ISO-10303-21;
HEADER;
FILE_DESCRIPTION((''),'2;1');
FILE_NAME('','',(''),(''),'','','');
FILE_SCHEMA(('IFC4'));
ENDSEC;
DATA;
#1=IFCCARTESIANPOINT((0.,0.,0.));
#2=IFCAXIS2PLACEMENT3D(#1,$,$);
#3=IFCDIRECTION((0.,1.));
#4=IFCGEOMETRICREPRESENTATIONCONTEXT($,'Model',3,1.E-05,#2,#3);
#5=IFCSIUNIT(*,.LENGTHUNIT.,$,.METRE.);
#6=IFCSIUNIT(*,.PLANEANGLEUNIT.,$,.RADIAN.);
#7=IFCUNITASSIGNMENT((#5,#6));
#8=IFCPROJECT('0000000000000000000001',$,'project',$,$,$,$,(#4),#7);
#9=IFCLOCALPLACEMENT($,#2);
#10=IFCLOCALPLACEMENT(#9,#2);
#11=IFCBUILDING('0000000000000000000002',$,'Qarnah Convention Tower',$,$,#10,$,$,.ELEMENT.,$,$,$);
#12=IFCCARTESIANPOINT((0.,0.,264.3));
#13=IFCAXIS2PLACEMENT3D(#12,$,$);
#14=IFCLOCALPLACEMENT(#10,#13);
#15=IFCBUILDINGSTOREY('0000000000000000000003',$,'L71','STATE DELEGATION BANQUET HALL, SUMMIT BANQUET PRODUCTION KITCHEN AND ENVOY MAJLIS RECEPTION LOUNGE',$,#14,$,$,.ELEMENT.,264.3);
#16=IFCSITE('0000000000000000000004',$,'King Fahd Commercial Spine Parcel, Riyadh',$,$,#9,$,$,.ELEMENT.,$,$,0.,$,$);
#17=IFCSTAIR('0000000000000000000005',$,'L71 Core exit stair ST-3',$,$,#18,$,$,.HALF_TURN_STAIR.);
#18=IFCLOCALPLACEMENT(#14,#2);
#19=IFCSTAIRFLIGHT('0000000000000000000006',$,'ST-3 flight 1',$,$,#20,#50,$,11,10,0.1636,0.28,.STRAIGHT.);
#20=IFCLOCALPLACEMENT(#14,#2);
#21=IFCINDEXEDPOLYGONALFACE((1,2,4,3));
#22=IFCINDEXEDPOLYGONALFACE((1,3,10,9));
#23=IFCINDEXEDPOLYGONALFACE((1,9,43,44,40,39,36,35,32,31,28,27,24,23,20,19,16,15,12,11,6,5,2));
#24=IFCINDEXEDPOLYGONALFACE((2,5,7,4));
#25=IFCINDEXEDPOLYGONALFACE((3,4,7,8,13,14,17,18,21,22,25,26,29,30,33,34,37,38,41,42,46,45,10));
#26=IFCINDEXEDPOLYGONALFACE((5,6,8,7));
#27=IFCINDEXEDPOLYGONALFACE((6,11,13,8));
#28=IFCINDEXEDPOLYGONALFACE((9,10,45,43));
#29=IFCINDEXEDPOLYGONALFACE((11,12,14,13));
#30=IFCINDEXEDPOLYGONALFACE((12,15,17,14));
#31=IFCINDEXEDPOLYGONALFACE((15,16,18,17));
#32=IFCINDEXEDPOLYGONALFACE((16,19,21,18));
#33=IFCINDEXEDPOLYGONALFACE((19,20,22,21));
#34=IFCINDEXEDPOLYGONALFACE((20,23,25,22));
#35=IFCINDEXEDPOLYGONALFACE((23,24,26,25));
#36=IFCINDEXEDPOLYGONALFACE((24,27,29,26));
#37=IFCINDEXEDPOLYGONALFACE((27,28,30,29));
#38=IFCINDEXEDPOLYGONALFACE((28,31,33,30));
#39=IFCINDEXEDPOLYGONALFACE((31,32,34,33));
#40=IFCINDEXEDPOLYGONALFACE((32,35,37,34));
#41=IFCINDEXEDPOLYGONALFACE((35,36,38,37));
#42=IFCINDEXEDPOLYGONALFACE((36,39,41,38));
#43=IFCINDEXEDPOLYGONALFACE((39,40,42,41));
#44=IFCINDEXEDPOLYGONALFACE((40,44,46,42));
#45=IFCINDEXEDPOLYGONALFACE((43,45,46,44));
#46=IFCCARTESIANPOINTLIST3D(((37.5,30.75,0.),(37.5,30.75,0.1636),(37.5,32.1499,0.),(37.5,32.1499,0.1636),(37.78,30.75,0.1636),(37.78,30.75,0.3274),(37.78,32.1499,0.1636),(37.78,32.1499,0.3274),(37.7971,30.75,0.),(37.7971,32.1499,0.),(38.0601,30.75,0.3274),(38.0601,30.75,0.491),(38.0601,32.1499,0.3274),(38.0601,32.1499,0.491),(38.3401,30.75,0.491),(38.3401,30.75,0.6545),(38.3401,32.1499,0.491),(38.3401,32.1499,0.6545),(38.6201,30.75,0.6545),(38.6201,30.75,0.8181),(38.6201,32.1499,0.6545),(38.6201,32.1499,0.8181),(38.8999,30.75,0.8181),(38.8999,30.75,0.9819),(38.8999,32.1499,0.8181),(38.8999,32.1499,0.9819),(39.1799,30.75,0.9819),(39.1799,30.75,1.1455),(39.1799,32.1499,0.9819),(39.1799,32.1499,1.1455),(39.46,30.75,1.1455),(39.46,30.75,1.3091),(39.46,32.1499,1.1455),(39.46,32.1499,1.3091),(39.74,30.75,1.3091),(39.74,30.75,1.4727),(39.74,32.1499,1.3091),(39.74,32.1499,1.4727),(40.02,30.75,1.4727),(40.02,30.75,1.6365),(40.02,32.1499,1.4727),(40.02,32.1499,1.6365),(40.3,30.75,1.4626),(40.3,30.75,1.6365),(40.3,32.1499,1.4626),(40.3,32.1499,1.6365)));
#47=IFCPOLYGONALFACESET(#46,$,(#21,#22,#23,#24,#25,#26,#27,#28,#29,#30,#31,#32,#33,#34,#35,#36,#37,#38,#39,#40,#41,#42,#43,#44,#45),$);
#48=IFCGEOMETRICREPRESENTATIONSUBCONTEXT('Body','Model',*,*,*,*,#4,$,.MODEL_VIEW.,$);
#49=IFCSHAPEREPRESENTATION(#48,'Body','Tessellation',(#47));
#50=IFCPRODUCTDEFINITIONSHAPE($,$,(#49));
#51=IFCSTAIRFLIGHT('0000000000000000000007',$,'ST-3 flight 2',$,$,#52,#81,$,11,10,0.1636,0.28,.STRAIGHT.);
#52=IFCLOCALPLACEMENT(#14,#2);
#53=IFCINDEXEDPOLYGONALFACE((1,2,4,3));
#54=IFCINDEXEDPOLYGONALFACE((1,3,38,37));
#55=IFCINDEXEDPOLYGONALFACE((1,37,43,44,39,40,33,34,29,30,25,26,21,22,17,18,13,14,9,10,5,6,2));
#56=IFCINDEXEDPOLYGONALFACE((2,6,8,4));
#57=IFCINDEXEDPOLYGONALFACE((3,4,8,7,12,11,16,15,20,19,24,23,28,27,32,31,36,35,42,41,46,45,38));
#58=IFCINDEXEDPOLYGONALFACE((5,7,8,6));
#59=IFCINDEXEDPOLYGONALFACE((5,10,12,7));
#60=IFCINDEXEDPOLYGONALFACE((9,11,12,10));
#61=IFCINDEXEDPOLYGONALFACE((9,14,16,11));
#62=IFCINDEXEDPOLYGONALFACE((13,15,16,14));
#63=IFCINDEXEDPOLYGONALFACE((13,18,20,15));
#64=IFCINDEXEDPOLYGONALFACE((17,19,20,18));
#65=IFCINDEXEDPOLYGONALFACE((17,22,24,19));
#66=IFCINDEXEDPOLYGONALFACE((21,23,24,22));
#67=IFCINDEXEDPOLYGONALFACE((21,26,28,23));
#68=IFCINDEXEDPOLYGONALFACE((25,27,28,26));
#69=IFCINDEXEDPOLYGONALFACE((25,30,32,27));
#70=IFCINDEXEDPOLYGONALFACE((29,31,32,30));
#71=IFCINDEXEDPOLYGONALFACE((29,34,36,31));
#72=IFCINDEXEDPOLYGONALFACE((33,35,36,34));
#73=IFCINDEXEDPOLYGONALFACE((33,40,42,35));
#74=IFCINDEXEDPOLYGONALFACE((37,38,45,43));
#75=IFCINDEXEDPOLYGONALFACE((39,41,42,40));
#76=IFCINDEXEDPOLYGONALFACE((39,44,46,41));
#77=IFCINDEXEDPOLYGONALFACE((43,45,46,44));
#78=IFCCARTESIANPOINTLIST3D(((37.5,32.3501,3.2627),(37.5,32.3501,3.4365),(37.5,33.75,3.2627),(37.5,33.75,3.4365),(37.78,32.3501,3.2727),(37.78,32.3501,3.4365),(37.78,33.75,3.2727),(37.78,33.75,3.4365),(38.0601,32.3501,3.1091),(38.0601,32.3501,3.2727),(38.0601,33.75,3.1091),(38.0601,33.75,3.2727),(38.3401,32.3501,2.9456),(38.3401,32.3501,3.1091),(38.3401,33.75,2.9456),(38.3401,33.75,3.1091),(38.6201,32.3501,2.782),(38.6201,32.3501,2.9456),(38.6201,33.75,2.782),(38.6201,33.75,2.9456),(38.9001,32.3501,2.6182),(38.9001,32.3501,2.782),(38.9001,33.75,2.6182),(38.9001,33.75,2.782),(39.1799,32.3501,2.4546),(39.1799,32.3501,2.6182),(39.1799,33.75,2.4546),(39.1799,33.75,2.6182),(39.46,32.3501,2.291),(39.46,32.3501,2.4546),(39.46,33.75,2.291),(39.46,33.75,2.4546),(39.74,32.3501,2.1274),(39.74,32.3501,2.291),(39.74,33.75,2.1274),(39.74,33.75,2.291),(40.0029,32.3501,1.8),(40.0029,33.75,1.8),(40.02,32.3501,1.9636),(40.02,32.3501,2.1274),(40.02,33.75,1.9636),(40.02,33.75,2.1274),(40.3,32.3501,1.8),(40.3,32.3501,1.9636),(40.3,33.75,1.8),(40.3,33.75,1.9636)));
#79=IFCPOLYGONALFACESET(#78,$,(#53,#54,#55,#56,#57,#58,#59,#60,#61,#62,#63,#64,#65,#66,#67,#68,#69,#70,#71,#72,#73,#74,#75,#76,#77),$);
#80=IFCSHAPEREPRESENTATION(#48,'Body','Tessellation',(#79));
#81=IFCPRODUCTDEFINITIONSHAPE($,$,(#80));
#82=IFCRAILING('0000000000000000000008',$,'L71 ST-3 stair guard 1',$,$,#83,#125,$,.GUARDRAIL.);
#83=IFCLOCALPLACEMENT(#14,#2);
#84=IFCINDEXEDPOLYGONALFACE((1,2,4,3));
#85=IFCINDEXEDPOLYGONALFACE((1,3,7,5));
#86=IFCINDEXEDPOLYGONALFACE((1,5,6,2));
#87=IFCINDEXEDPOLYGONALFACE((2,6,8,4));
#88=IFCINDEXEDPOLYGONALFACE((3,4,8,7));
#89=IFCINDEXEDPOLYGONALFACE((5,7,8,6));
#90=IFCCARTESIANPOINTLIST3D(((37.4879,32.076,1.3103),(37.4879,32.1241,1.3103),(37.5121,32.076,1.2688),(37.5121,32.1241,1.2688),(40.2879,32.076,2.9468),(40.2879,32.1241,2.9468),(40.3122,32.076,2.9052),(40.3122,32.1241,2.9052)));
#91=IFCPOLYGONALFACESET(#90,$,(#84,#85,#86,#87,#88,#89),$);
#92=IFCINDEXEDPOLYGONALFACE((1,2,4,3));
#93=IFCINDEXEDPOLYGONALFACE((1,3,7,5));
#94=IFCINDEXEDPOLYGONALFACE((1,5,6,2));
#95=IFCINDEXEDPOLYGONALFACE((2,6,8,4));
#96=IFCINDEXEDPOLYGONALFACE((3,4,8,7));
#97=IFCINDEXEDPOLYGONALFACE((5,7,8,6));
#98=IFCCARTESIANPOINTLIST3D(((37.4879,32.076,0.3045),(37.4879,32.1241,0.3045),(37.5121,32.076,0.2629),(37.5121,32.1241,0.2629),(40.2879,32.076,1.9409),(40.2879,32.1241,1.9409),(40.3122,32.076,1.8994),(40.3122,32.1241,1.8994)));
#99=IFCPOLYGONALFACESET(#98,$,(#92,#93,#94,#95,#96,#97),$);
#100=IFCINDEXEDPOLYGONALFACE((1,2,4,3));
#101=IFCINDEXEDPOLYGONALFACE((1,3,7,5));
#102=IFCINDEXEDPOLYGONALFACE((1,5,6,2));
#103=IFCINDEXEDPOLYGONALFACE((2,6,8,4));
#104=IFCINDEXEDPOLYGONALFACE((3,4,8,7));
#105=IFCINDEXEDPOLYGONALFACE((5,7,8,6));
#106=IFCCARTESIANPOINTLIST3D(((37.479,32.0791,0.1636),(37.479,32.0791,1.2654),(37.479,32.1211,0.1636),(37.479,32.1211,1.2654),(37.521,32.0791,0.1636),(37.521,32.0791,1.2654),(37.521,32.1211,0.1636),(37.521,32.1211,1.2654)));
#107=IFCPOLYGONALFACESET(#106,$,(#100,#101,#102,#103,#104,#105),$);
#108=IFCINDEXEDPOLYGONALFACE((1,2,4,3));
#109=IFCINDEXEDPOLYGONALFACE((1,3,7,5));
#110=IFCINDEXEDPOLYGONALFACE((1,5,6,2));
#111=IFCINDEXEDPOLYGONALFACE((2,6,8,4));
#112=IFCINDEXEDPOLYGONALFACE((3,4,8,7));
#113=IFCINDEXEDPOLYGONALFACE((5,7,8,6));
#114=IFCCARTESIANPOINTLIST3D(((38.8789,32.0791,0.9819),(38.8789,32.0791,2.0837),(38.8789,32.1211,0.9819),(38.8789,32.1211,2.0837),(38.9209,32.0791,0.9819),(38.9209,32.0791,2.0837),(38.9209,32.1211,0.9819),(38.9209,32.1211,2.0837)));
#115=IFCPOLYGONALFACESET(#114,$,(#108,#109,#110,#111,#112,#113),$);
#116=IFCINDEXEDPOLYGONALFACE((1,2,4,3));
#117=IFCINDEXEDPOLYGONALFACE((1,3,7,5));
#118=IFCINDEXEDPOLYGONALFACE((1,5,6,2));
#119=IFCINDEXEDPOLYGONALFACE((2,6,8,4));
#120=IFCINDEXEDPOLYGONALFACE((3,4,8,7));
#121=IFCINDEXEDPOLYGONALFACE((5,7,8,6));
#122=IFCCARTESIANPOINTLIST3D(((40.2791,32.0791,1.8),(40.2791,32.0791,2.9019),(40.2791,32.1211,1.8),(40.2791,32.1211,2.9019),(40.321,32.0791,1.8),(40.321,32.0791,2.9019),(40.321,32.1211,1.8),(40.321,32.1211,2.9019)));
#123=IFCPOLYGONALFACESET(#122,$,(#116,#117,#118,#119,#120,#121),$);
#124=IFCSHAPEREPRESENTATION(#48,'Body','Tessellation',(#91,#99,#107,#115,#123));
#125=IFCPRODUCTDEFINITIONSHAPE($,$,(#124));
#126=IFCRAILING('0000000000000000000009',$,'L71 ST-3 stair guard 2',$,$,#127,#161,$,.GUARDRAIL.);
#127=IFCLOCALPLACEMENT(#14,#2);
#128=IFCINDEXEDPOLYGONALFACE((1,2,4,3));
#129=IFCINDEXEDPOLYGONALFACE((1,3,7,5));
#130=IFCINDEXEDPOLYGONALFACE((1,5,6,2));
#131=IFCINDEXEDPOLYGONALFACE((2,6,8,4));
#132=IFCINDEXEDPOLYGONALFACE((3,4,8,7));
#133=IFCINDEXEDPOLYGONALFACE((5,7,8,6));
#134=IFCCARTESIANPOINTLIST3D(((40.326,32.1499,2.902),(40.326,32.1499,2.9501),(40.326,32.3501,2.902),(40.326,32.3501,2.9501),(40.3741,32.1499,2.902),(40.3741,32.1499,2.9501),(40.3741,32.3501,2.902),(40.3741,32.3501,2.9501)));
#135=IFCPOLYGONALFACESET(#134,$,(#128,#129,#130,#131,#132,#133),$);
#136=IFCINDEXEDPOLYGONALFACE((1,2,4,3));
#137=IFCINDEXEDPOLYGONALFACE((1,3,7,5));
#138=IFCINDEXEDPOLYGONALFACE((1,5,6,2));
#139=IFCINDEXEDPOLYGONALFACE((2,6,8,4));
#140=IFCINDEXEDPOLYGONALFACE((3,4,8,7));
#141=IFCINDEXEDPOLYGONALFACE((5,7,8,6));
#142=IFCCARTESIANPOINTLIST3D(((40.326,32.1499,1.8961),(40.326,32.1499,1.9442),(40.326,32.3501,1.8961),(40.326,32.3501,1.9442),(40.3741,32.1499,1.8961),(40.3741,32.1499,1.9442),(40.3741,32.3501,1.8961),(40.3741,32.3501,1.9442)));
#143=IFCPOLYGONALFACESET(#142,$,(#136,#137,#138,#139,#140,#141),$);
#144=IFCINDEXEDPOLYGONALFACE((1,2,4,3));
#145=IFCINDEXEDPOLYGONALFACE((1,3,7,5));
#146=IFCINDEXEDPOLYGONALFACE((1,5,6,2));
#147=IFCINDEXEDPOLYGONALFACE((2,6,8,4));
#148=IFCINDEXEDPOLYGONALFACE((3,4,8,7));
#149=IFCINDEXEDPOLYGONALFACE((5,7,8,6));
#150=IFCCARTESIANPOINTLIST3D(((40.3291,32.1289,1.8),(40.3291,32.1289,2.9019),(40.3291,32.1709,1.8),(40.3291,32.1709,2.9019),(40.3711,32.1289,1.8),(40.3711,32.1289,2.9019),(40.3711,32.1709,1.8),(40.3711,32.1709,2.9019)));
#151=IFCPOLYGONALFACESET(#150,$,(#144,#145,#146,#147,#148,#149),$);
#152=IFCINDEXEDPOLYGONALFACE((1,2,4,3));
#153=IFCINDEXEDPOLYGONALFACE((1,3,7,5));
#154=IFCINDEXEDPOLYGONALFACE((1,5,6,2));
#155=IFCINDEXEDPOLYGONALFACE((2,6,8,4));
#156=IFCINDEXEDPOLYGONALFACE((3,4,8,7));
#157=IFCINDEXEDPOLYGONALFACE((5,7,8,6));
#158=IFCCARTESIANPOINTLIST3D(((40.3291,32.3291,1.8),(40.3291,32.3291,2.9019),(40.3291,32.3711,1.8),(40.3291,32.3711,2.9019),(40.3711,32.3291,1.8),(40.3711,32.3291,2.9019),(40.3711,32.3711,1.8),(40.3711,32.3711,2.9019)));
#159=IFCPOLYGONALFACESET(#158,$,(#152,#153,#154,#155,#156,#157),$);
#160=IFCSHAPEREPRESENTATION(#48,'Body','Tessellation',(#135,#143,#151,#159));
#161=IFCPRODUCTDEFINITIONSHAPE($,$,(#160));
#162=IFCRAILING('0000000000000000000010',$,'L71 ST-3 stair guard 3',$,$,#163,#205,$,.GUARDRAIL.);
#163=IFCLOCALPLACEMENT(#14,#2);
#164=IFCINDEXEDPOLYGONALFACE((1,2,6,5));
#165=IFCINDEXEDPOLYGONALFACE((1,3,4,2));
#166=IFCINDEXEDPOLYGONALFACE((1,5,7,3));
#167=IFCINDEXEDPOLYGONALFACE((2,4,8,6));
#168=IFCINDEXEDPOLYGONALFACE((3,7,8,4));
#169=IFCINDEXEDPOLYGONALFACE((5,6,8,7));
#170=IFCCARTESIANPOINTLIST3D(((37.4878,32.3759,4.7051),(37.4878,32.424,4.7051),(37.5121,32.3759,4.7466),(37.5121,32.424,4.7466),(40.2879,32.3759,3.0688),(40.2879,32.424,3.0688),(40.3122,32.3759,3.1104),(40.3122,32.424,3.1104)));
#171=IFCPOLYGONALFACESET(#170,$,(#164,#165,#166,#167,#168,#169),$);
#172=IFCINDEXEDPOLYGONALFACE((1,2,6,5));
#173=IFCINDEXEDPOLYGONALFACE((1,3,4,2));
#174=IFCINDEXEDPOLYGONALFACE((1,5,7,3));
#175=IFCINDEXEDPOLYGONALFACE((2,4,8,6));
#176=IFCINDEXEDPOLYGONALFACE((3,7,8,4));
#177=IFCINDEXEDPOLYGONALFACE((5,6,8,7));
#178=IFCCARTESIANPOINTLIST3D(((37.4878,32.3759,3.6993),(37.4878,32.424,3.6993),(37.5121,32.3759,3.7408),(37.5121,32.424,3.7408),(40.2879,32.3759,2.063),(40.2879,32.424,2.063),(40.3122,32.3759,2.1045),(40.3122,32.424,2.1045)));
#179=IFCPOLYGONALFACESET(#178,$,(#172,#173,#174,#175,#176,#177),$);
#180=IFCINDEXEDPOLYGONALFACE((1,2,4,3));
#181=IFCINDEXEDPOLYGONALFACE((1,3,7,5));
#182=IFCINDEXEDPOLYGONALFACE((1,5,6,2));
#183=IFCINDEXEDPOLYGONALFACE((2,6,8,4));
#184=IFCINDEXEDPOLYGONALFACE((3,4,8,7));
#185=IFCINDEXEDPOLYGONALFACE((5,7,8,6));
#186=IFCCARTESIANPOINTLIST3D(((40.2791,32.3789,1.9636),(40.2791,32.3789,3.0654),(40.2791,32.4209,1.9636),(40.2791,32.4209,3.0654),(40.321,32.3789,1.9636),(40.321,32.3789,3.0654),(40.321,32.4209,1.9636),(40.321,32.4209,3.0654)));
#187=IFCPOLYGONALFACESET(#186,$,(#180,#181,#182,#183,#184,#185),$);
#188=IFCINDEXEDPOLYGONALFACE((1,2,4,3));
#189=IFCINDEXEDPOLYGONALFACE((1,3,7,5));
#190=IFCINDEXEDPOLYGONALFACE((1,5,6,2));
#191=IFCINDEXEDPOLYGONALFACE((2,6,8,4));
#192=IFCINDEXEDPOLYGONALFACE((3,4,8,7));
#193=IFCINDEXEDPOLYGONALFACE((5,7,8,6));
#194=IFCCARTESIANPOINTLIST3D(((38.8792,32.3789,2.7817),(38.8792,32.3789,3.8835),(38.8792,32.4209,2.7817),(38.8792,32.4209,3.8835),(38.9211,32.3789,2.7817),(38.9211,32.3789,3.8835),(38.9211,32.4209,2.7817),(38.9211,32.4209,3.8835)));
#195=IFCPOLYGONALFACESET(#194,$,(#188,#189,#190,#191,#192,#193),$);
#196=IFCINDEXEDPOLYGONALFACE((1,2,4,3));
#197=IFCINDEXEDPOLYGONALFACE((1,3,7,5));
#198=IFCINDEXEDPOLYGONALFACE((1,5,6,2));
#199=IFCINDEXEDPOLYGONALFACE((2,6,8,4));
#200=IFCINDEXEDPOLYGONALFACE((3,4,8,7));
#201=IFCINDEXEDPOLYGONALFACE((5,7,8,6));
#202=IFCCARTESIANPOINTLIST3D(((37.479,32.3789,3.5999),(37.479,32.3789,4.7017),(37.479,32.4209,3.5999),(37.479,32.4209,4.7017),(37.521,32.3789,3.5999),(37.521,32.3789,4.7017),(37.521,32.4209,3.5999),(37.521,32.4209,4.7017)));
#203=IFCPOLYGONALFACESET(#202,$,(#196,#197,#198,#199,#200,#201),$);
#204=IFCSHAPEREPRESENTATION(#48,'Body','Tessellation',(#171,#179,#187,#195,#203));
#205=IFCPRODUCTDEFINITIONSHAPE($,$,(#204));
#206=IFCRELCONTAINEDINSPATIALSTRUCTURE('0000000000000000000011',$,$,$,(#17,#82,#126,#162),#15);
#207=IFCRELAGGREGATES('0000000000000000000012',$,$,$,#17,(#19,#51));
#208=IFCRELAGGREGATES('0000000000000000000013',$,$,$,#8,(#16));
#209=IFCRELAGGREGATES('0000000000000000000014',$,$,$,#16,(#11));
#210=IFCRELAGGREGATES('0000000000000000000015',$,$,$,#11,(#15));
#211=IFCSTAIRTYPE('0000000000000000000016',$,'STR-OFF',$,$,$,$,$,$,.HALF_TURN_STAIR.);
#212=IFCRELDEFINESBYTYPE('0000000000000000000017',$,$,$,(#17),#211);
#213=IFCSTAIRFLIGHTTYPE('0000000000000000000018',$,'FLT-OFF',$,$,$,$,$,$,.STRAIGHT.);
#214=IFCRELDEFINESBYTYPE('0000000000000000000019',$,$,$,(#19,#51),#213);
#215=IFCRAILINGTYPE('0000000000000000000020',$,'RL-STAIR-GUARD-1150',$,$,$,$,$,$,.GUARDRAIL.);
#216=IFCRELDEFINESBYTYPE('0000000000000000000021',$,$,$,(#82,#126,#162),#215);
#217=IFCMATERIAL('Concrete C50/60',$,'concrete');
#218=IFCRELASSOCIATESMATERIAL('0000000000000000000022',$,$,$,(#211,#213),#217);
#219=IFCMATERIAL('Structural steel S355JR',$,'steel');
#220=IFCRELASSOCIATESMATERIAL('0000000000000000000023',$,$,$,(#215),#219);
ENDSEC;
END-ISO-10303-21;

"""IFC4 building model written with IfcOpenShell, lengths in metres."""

from ifc_helpers import new_model, si_unit, direction, frame, origin, origin_2d, place, context, subcontext, project, spatial, polyline, rectangle, outline, extrude, material, type_object, element, aggregate, save


model = new_model("IFC4")

# Units and contexts
model_context = context("Model", 3, precision=1e-05, world=origin(), true_north=direction((0.0, 1.0)))
body_context = subcontext(model_context, "Body", "Model", "MODEL_VIEW")
ifc_project = project(units=[si_unit("LENGTHUNIT", "METRE"), si_unit("PLANEANGLEUNIT", "RADIAN")], contexts=[model_context])

# Site, building, storey
site_placement = place(None, origin())
site = spatial("IfcSite", under=ifc_project, at=site_placement, Name="King Fahd Commercial Spine Parcel, Riyadh", CompositionType="ELEMENT", RefElevation=0.0)
building_placement = place(site_placement, origin())
building = spatial("IfcBuilding", under=site, at=building_placement, Name="Qarnah Convention Tower", CompositionType="ELEMENT")
storey_placement = place(building_placement, frame((0.0, 0.0, 264.3)))
storey = spatial("IfcBuildingStorey", under=building, at=storey_placement, Name="L71", Description="STATE DELEGATION BANQUET HALL, SUMMIT BANQUET PRODUCTION KITCHEN AND ENVOY MAJLIS RECEPTION LOUNGE", CompositionType="ELEMENT", Elevation=264.3)

# Shared definitions
ifc_material_1 = material(Name="Concrete C50/60", Category="concrete")

# Shared definitions
ifc_material_2 = material(Name="Structural steel S355JR", Category="steel")

# Stair, stair flights
stair_type = type_object("IfcStairType", Name="STR-OFF", PredefinedType="HALF_TURN_STAIR", material=ifc_material_1)
stair_placement = place(storey_placement, origin())
stair = element("IfcStair", 1, at=stair_placement, inside=storey, type_object=stair_type, Name="L71 Core exit stair ST-3", PredefinedType="HALF_TURN_STAIR")
stair_flight_type = type_object("IfcStairFlightType", Name="FLT-OFF", PredefinedType="STRAIGHT", material=ifc_material_1)
stair_flight_1_placement = place(storey_placement, frame((37.5, 31.45, 0.0), z_axis=(0.0, 0.0, 1.0), x_axis=(1.0, 0.0, 0.0)))
stair_flight_1 = element("IfcStairFlight", 2, at=stair_flight_1_placement, type_object=stair_flight_type, Name="ST-3 flight 1", NumberOfRisers=11, NumberOfTreads=10, PredefinedType="STRAIGHT", RiserHeight=0.1636, TreadLength=0.28, context=body_context, shape_type="SweptSolid", body=[
    extrude(outline(polyline([(0.0, 0.0), (0.0, 0.1636), (0.28, 0.1636), (0.28, 0.3274), (0.5601, 0.3274), (0.5601, 0.491), (0.8401, 0.491), (0.8401, 0.6545), (1.1201, 0.6545), (1.1201, 0.8181), (1.3999, 0.8181), (1.3999, 0.9819), (1.6799, 0.9819), (1.6799, 1.1455), (1.96, 1.1455), (1.96, 1.3091), (2.24, 1.3091), (2.24, 1.4727), (2.52, 1.4727), (2.52, 1.6365), (2.8, 1.6365), (2.8, 1.8), (2.8, 1.4626), (0.2971, 0.0), (0.0, 0.0)])), frame((0.0, 0.7, 0.0), z_axis=(0.0, -1.0, 0.0), x_axis=(1.0, 0.0, 0.0)), (0.0, 0.0, 1.0), 1.3999),
])
stair_flight_2_placement = place(storey_placement, frame((40.3, 33.05, 1.8), z_axis=(0.0, 0.0, 1.0), x_axis=(-1.0, 0.0, 0.0)))
stair_flight_2 = element("IfcStairFlight", 3, at=stair_flight_2_placement, type_object=stair_flight_type, Name="ST-3 flight 2", NumberOfRisers=11, NumberOfTreads=10, PredefinedType="STRAIGHT", RiserHeight=0.1636, TreadLength=0.28, context=body_context, shape_type="SweptSolid", body=[
    extrude(outline(polyline([(0.0, 0.0), (0.0, 0.1636), (0.28, 0.1636), (0.28, 0.3274), (0.5601, 0.3274), (0.5601, 0.491), (0.8401, 0.491), (0.8401, 0.6545), (1.1201, 0.6545), (1.1201, 0.8181), (1.3999, 0.8181), (1.3999, 0.9819), (1.6799, 0.9819), (1.6799, 1.1455), (1.96, 1.1455), (1.96, 1.3091), (2.24, 1.3091), (2.24, 1.4727), (2.52, 1.4727), (2.52, 1.6365), (2.8, 1.6365), (2.8, 1.8), (2.8, 1.4626), (0.2971, 0.0), (0.0, 0.0)])), frame((0.0, 0.7, 0.0), z_axis=(0.0, -1.0, 0.0), x_axis=(1.0, 0.0, 0.0)), (0.0, 0.0, 1.0), 1.3999),
])
aggregate(stair, [stair_flight_1, stair_flight_2])

# Railings
railing_type_1 = type_object("IfcRailingType", Name="RL-STAIR-GUARD-1150", PredefinedType="GUARDRAIL", material=ifc_material_2)
railing_1_placement = place(storey_placement, frame((37.5, 32.1001, 0.1636)))
element("IfcRailing", 4, at=railing_1_placement, inside=storey, type_object=railing_type_1, Name="L71 ST-3 stair guard 1", PredefinedType="GUARDRAIL", context=body_context, shape_type="SweptSolid", body=[
    extrude(rectangle(XDim=0.0481, YDim=0.0481, at=origin_2d()), frame((0.0, 0.0, 1.126), z_axis=(0.863361, 0.0, 0.504587), x_axis=(0.0, 1.0, 0.0)), (0.0, 0.0, 1.0), 3.2432),
    extrude(rectangle(XDim=0.0481, YDim=0.0481, at=origin_2d()), frame((0.0, 0.0, 0.1201), z_axis=(0.863361, 0.0, 0.504587), x_axis=(0.0, 1.0, 0.0)), (0.0, 0.0, 1.0), 3.2432),
    extrude(rectangle(XDim=0.042, YDim=0.042, at=origin_2d()), origin(), (0.0, 0.0, 1.0), 1.1018),
    extrude(rectangle(XDim=0.042, YDim=0.042, at=origin_2d()), frame((1.3999, 0.0, 0.8184)), (0.0, 0.0, 1.0), 1.1018),
    extrude(rectangle(XDim=0.042, YDim=0.042, at=origin_2d()), frame((2.8, 0.0, 1.6365)), (0.0, 0.0, 1.0), 1.1018),
])
railing_2_placement = place(storey_placement, frame((40.3501, 32.1499, 1.8)))
element("IfcRailing", 5, at=railing_2_placement, inside=storey, type_object=railing_type_1, Name="L71 ST-3 stair guard 2", PredefinedType="GUARDRAIL", context=body_context, shape_type="SweptSolid", body=[
    extrude(rectangle(XDim=0.0481, YDim=0.0481, at=origin_2d()), frame((0.0, 0.0, 1.126), z_axis=(0.0, 1.0, 0.0), x_axis=(-1.0, 0.0, 0.0)), (0.0, 0.0, 1.0), 0.2002),
    extrude(rectangle(XDim=0.0481, YDim=0.0481, at=origin_2d()), frame((0.0, 0.0, 0.1201), z_axis=(0.0, 1.0, 0.0), x_axis=(-1.0, 0.0, 0.0)), (0.0, 0.0, 1.0), 0.2002),
    extrude(rectangle(XDim=0.042, YDim=0.042, at=origin_2d()), origin(), (0.0, 0.0, 1.0), 1.1018),
    extrude(rectangle(XDim=0.042, YDim=0.042, at=origin_2d()), frame((0.0, 0.2002, 0.0)), (0.0, 0.0, 1.0), 1.1018),
])
railing_3_placement = place(storey_placement, frame((40.3, 32.3999, 1.9636)))
element("IfcRailing", 6, at=railing_3_placement, inside=storey, type_object=railing_type_1, Name="L71 ST-3 stair guard 3", PredefinedType="GUARDRAIL", context=body_context, shape_type="SweptSolid", body=[
    extrude(rectangle(XDim=0.0481, YDim=0.0481, at=origin_2d()), frame((0.0, 0.0, 1.126), z_axis=(-0.863394, 0.0, 0.504531), x_axis=(0.0, -1.0, 0.0)), (0.0, 0.0, 1.0), 3.2432),
    extrude(rectangle(XDim=0.0481, YDim=0.0481, at=origin_2d()), frame((0.0, 0.0, 0.1201), z_axis=(-0.863394, 0.0, 0.504531), x_axis=(0.0, -1.0, 0.0)), (0.0, 0.0, 1.0), 3.2432),
    extrude(rectangle(XDim=0.042, YDim=0.042, at=origin_2d()), origin(), (0.0, 0.0, 1.0), 1.1018),
    extrude(rectangle(XDim=0.042, YDim=0.042, at=origin_2d()), frame((-1.3999, 0.0, 0.8181)), (0.0, 0.0, 1.0), 1.1018),
    extrude(rectangle(XDim=0.042, YDim=0.042, at=origin_2d()), frame((-2.8, 0.0, 1.6362)), (0.0, 0.0, 1.0), 1.1018),
])

save(model, "model.ifc")
